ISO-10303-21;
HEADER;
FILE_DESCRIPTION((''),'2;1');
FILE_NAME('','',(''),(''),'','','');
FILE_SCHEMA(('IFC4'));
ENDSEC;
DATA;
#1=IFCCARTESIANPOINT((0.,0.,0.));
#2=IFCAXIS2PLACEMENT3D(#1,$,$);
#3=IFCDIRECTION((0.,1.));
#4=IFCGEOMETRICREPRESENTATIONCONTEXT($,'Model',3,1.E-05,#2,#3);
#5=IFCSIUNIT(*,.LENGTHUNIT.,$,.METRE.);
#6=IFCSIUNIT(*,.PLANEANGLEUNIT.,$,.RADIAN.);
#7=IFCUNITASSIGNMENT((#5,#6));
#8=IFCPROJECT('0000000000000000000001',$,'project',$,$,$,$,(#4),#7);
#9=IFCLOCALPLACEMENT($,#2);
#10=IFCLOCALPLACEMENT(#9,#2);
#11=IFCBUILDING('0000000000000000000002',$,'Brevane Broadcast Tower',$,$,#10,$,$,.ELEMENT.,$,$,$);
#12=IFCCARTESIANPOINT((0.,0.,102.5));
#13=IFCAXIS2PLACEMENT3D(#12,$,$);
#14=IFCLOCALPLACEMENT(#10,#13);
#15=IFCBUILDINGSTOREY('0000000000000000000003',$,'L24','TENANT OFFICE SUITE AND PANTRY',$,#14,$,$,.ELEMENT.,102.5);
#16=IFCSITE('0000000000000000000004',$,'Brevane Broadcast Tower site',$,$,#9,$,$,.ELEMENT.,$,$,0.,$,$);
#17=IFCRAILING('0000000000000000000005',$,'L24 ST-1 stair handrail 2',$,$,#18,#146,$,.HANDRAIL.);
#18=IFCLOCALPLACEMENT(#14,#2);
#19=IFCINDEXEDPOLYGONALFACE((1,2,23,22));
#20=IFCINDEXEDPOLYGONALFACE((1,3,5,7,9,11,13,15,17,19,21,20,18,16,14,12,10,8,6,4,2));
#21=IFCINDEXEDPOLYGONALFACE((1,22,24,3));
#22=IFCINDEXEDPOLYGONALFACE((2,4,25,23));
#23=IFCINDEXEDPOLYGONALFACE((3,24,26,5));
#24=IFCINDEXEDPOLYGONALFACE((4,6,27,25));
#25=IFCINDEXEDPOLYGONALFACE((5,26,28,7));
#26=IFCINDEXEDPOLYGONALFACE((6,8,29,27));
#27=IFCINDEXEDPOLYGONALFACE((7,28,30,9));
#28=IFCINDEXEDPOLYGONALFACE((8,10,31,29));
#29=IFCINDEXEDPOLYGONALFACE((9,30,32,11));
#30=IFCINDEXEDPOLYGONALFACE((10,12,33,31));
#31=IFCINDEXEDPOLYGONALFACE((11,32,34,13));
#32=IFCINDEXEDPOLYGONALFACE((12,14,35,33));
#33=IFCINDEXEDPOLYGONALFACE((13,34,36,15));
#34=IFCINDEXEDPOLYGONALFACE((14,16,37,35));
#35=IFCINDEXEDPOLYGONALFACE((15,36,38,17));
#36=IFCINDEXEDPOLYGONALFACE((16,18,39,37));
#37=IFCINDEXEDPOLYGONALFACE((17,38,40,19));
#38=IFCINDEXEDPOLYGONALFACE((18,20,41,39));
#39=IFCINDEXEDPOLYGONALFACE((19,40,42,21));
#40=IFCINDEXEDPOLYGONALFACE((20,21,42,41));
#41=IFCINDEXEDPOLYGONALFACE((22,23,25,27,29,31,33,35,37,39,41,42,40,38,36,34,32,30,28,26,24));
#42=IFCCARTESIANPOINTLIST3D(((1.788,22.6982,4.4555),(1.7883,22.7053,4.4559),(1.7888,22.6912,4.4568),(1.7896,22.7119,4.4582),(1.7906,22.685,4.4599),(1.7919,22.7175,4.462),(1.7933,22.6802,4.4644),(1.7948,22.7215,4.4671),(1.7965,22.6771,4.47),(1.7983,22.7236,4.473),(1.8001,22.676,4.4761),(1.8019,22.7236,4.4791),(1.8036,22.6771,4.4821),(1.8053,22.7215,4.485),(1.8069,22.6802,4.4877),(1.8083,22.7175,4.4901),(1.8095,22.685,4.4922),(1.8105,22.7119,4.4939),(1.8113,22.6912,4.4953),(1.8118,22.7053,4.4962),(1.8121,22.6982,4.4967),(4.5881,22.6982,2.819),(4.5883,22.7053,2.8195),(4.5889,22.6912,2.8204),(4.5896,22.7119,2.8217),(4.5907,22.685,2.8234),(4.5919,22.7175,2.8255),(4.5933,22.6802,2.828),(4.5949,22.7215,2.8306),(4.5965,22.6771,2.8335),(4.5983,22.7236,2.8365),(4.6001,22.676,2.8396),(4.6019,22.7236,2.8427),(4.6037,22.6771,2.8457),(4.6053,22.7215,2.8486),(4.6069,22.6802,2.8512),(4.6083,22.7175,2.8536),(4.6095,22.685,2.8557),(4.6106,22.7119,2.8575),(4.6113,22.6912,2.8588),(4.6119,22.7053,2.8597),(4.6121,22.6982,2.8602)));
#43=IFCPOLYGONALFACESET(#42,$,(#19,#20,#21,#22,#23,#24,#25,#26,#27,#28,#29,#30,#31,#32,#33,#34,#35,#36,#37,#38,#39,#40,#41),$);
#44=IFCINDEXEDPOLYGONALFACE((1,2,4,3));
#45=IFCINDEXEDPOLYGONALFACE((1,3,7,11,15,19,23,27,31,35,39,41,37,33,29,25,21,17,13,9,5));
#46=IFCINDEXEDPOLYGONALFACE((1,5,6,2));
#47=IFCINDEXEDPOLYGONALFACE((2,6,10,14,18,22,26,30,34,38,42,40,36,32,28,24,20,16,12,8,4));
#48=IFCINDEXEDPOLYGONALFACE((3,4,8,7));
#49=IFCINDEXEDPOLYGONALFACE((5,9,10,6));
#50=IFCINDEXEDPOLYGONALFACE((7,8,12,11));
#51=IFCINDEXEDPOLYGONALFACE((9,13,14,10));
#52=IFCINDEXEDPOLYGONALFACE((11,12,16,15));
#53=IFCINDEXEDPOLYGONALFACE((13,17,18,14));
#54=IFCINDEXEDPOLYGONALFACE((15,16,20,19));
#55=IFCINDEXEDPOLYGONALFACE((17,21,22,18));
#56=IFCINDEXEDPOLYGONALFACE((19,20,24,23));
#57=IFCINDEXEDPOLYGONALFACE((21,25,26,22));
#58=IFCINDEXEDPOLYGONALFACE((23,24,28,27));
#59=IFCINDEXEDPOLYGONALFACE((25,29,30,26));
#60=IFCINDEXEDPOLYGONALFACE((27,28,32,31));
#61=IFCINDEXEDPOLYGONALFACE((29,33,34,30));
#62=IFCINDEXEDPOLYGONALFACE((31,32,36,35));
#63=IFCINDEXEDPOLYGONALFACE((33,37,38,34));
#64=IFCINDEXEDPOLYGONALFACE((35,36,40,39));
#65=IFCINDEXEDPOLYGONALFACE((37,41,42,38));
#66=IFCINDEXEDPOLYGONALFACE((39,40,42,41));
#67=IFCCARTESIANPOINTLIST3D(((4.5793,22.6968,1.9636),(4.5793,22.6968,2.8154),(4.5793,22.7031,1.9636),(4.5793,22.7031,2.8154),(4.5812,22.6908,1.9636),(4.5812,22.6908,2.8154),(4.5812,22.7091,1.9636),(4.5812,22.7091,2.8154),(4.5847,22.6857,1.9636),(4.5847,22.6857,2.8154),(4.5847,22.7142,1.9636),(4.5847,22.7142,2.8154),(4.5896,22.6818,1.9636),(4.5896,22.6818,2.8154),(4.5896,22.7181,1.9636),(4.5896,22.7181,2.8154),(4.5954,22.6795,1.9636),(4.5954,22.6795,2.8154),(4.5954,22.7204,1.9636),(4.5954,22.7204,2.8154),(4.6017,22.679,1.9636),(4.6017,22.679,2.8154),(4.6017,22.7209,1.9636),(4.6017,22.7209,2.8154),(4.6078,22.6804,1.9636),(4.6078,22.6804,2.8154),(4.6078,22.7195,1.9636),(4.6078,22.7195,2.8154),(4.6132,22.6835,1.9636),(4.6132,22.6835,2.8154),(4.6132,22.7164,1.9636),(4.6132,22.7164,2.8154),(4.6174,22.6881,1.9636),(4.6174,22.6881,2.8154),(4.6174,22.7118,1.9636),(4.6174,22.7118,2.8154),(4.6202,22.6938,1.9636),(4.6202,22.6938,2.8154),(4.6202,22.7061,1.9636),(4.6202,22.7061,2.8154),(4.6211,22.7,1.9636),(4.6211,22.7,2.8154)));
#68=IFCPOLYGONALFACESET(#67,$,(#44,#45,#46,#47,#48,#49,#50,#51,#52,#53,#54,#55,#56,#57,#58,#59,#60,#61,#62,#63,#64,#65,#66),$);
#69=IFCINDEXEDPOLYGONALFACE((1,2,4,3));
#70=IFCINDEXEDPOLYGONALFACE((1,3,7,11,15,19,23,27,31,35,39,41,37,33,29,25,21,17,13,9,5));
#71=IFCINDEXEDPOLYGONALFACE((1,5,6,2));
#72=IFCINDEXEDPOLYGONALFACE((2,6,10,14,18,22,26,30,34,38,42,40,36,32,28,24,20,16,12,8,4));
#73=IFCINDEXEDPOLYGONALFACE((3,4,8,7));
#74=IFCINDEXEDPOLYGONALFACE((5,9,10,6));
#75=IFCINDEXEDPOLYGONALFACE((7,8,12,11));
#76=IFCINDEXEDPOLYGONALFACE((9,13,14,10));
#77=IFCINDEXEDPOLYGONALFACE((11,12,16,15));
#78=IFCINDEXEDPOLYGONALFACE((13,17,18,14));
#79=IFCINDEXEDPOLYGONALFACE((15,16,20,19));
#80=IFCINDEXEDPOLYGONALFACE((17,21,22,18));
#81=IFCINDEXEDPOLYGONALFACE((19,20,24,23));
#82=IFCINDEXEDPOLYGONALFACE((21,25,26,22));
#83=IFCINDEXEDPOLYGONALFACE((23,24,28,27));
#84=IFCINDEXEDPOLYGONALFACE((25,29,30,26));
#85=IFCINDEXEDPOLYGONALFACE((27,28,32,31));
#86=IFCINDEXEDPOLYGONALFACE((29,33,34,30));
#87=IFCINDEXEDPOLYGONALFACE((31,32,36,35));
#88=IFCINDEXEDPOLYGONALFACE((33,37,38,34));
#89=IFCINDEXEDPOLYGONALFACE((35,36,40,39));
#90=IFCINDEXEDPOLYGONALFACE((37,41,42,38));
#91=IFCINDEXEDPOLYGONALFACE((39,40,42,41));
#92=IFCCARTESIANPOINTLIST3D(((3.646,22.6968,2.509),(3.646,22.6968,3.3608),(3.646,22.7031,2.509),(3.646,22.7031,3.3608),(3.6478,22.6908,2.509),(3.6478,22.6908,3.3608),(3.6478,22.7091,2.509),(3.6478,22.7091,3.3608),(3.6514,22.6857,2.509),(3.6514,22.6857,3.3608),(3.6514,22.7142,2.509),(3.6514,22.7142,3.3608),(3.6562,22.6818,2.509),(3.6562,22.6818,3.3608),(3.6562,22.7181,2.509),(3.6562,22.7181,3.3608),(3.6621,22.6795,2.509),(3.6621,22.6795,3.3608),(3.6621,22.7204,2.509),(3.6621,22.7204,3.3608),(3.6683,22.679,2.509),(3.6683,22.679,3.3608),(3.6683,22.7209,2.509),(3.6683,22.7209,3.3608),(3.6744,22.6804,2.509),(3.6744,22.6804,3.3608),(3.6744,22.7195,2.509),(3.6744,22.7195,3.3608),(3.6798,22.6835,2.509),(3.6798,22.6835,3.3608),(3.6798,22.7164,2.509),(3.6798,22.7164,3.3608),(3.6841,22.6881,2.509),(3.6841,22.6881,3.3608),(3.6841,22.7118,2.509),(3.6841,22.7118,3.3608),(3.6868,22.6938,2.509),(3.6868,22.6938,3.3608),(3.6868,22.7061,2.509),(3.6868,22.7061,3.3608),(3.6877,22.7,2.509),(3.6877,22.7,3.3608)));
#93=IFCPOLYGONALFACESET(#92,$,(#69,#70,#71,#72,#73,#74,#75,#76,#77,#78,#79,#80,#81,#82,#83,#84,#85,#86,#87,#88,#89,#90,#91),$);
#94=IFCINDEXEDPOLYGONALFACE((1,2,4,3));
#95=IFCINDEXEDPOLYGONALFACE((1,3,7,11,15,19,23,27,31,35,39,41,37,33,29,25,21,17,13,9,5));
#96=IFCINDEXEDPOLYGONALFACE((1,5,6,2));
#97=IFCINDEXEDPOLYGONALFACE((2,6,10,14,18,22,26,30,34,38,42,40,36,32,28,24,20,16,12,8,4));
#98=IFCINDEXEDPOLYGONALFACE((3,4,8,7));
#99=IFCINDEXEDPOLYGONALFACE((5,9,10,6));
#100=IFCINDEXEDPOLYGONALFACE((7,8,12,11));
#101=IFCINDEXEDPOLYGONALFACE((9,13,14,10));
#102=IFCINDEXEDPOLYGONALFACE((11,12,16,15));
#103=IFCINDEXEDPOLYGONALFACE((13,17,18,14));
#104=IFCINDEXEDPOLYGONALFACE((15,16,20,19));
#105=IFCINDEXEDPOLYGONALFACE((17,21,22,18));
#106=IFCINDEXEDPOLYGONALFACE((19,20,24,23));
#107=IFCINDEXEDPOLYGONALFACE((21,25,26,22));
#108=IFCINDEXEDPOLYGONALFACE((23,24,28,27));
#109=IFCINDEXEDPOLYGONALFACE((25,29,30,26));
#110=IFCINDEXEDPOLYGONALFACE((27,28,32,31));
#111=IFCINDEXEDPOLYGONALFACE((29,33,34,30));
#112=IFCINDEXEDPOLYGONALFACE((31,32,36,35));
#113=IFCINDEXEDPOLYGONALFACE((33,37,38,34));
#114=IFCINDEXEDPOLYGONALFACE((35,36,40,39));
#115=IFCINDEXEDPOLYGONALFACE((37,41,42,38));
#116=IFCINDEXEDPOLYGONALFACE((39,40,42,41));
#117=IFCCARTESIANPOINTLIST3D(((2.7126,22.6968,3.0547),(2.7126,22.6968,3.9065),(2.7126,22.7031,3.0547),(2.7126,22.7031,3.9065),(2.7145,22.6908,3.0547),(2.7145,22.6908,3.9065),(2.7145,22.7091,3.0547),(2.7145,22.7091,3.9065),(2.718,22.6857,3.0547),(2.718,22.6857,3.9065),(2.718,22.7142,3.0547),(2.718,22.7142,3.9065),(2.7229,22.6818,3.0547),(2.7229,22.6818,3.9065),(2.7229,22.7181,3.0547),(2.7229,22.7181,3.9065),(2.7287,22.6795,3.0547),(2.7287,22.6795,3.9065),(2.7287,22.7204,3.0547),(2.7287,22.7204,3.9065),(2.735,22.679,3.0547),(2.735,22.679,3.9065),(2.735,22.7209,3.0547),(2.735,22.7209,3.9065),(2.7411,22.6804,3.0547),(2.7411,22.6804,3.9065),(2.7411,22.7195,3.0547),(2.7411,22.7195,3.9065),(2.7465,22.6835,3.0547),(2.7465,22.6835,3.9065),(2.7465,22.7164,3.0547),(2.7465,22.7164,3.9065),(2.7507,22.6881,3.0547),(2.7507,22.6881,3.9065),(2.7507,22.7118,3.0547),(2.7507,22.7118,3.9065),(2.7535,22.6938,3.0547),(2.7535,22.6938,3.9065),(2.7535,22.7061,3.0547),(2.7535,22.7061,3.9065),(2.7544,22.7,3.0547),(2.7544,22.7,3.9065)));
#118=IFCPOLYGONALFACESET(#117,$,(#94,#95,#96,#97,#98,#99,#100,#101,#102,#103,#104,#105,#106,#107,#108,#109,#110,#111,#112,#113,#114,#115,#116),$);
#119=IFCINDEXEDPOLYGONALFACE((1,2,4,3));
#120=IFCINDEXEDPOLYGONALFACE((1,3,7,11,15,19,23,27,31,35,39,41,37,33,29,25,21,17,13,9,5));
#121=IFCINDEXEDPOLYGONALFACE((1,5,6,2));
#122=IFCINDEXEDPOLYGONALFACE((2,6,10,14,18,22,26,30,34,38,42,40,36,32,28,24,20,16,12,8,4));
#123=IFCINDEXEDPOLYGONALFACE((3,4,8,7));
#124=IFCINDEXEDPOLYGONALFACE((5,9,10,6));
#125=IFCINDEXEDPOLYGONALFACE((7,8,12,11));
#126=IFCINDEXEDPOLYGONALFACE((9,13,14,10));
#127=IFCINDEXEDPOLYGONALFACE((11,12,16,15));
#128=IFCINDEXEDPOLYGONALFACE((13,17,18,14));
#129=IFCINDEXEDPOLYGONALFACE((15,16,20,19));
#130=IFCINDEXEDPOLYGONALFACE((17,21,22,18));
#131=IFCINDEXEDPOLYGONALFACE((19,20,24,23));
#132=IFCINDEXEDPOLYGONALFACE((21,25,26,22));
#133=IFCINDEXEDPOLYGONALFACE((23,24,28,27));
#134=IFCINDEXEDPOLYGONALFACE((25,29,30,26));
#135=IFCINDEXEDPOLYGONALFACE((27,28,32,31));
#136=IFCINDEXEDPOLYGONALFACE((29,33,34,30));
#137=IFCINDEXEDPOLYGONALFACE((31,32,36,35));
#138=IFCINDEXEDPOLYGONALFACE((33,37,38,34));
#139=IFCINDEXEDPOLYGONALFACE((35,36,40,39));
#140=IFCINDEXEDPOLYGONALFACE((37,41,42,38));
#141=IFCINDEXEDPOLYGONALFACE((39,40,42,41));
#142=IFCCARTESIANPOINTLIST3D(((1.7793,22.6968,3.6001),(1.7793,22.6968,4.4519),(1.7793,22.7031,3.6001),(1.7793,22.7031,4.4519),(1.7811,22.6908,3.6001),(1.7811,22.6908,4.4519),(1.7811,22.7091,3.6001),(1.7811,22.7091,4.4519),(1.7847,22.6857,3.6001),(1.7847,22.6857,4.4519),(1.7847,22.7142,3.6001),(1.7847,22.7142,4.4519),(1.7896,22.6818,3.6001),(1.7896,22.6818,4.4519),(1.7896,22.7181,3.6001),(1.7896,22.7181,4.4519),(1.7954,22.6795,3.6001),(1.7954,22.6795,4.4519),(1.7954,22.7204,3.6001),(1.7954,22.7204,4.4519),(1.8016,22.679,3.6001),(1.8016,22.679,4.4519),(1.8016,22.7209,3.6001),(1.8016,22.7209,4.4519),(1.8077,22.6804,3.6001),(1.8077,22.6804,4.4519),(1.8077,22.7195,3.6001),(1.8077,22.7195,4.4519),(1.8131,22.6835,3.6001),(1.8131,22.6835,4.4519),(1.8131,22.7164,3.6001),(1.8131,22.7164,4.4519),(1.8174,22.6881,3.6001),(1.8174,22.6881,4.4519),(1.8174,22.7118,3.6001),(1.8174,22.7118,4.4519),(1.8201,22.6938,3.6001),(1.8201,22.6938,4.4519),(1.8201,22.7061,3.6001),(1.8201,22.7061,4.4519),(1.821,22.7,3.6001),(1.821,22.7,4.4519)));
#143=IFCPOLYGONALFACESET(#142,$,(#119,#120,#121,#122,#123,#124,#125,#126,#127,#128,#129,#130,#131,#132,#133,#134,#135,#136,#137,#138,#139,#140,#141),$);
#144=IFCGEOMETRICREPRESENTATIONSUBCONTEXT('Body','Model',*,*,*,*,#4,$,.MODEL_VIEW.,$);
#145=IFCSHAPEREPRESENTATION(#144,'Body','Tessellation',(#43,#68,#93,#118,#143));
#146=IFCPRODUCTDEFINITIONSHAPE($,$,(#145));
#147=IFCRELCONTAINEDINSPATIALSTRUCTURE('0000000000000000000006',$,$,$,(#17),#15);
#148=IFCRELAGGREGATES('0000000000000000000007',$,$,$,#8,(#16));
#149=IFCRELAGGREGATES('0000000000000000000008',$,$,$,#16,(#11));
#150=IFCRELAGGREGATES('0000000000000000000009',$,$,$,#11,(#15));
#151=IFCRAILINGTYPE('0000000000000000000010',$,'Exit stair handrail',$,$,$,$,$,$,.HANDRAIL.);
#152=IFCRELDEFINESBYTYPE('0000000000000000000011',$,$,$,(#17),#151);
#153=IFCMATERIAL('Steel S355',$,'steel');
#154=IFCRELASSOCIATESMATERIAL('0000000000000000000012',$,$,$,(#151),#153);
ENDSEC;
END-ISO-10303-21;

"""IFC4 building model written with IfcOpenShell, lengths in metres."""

from ifc_helpers import new_model, si_unit, direction, frame, origin, origin_2d, place, context, subcontext, project, spatial, circle, extrude, material, type_object, element, save


model = new_model("IFC4")

# Units and contexts
model_context = context("Model", 3, precision=1e-05, world=origin(), true_north=direction((0.0, 1.0)))
body_context = subcontext(model_context, "Body", "Model", "MODEL_VIEW")
ifc_project = project(units=[si_unit("LENGTHUNIT", "METRE"), si_unit("PLANEANGLEUNIT", "RADIAN")], contexts=[model_context])

# Site, building, storey
site_placement = place(None, origin())
site = spatial("IfcSite", under=ifc_project, at=site_placement, Name="Brevane Broadcast Tower site", CompositionType="ELEMENT", RefElevation=0.0)
building_placement = place(site_placement, origin())
building = spatial("IfcBuilding", under=site, at=building_placement, Name="Brevane Broadcast Tower", CompositionType="ELEMENT")
storey_placement = place(building_placement, frame((0.0, 0.0, 102.5)))
storey = spatial("IfcBuildingStorey", under=building, at=storey_placement, Name="L24", Description="TENANT OFFICE SUITE AND PANTRY", CompositionType="ELEMENT", Elevation=102.5)

# Railing
ifc_material_1 = material(Name="Steel S355", Category="steel")
railing_type_1 = type_object("IfcRailingType", Name="Exit stair handrail", PredefinedType="HANDRAIL", material=ifc_material_1)
railing_1_placement = place(storey_placement, frame((4.6001, 22.7, 1.9636)))
element("IfcRailing", 1, at=railing_1_placement, inside=storey, type_object=railing_type_1, Name="L24 ST-1 stair handrail 2", PredefinedType="HANDRAIL", context=body_context, shape_type="SweptSolid", body=[
    extrude(circle(Radius=0.0239, at=origin_2d()), frame((0.0, 0.0, 0.876), z_axis=(-0.863361, 0.0, 0.504587), x_axis=(0.0, -1.0, 0.0)), (0.0, 0.0, 1.0), 3.2432),
    extrude(circle(Radius=0.021, at=origin_2d()), origin(), (0.0, 0.0, 1.0), 0.8518),
    extrude(circle(Radius=0.021, at=origin_2d()), frame((-0.9333, 0.0, 0.5454)), (0.0, 0.0, 1.0), 0.8518),
    extrude(circle(Radius=0.021, at=origin_2d()), frame((-1.8667, 0.0, 1.0911)), (0.0, 0.0, 1.0), 0.8518),
    extrude(circle(Radius=0.021, at=origin_2d()), frame((-2.8, 0.0, 1.6365)), (0.0, 0.0, 1.0), 0.8518),
])

save(model, "model.ifc")
